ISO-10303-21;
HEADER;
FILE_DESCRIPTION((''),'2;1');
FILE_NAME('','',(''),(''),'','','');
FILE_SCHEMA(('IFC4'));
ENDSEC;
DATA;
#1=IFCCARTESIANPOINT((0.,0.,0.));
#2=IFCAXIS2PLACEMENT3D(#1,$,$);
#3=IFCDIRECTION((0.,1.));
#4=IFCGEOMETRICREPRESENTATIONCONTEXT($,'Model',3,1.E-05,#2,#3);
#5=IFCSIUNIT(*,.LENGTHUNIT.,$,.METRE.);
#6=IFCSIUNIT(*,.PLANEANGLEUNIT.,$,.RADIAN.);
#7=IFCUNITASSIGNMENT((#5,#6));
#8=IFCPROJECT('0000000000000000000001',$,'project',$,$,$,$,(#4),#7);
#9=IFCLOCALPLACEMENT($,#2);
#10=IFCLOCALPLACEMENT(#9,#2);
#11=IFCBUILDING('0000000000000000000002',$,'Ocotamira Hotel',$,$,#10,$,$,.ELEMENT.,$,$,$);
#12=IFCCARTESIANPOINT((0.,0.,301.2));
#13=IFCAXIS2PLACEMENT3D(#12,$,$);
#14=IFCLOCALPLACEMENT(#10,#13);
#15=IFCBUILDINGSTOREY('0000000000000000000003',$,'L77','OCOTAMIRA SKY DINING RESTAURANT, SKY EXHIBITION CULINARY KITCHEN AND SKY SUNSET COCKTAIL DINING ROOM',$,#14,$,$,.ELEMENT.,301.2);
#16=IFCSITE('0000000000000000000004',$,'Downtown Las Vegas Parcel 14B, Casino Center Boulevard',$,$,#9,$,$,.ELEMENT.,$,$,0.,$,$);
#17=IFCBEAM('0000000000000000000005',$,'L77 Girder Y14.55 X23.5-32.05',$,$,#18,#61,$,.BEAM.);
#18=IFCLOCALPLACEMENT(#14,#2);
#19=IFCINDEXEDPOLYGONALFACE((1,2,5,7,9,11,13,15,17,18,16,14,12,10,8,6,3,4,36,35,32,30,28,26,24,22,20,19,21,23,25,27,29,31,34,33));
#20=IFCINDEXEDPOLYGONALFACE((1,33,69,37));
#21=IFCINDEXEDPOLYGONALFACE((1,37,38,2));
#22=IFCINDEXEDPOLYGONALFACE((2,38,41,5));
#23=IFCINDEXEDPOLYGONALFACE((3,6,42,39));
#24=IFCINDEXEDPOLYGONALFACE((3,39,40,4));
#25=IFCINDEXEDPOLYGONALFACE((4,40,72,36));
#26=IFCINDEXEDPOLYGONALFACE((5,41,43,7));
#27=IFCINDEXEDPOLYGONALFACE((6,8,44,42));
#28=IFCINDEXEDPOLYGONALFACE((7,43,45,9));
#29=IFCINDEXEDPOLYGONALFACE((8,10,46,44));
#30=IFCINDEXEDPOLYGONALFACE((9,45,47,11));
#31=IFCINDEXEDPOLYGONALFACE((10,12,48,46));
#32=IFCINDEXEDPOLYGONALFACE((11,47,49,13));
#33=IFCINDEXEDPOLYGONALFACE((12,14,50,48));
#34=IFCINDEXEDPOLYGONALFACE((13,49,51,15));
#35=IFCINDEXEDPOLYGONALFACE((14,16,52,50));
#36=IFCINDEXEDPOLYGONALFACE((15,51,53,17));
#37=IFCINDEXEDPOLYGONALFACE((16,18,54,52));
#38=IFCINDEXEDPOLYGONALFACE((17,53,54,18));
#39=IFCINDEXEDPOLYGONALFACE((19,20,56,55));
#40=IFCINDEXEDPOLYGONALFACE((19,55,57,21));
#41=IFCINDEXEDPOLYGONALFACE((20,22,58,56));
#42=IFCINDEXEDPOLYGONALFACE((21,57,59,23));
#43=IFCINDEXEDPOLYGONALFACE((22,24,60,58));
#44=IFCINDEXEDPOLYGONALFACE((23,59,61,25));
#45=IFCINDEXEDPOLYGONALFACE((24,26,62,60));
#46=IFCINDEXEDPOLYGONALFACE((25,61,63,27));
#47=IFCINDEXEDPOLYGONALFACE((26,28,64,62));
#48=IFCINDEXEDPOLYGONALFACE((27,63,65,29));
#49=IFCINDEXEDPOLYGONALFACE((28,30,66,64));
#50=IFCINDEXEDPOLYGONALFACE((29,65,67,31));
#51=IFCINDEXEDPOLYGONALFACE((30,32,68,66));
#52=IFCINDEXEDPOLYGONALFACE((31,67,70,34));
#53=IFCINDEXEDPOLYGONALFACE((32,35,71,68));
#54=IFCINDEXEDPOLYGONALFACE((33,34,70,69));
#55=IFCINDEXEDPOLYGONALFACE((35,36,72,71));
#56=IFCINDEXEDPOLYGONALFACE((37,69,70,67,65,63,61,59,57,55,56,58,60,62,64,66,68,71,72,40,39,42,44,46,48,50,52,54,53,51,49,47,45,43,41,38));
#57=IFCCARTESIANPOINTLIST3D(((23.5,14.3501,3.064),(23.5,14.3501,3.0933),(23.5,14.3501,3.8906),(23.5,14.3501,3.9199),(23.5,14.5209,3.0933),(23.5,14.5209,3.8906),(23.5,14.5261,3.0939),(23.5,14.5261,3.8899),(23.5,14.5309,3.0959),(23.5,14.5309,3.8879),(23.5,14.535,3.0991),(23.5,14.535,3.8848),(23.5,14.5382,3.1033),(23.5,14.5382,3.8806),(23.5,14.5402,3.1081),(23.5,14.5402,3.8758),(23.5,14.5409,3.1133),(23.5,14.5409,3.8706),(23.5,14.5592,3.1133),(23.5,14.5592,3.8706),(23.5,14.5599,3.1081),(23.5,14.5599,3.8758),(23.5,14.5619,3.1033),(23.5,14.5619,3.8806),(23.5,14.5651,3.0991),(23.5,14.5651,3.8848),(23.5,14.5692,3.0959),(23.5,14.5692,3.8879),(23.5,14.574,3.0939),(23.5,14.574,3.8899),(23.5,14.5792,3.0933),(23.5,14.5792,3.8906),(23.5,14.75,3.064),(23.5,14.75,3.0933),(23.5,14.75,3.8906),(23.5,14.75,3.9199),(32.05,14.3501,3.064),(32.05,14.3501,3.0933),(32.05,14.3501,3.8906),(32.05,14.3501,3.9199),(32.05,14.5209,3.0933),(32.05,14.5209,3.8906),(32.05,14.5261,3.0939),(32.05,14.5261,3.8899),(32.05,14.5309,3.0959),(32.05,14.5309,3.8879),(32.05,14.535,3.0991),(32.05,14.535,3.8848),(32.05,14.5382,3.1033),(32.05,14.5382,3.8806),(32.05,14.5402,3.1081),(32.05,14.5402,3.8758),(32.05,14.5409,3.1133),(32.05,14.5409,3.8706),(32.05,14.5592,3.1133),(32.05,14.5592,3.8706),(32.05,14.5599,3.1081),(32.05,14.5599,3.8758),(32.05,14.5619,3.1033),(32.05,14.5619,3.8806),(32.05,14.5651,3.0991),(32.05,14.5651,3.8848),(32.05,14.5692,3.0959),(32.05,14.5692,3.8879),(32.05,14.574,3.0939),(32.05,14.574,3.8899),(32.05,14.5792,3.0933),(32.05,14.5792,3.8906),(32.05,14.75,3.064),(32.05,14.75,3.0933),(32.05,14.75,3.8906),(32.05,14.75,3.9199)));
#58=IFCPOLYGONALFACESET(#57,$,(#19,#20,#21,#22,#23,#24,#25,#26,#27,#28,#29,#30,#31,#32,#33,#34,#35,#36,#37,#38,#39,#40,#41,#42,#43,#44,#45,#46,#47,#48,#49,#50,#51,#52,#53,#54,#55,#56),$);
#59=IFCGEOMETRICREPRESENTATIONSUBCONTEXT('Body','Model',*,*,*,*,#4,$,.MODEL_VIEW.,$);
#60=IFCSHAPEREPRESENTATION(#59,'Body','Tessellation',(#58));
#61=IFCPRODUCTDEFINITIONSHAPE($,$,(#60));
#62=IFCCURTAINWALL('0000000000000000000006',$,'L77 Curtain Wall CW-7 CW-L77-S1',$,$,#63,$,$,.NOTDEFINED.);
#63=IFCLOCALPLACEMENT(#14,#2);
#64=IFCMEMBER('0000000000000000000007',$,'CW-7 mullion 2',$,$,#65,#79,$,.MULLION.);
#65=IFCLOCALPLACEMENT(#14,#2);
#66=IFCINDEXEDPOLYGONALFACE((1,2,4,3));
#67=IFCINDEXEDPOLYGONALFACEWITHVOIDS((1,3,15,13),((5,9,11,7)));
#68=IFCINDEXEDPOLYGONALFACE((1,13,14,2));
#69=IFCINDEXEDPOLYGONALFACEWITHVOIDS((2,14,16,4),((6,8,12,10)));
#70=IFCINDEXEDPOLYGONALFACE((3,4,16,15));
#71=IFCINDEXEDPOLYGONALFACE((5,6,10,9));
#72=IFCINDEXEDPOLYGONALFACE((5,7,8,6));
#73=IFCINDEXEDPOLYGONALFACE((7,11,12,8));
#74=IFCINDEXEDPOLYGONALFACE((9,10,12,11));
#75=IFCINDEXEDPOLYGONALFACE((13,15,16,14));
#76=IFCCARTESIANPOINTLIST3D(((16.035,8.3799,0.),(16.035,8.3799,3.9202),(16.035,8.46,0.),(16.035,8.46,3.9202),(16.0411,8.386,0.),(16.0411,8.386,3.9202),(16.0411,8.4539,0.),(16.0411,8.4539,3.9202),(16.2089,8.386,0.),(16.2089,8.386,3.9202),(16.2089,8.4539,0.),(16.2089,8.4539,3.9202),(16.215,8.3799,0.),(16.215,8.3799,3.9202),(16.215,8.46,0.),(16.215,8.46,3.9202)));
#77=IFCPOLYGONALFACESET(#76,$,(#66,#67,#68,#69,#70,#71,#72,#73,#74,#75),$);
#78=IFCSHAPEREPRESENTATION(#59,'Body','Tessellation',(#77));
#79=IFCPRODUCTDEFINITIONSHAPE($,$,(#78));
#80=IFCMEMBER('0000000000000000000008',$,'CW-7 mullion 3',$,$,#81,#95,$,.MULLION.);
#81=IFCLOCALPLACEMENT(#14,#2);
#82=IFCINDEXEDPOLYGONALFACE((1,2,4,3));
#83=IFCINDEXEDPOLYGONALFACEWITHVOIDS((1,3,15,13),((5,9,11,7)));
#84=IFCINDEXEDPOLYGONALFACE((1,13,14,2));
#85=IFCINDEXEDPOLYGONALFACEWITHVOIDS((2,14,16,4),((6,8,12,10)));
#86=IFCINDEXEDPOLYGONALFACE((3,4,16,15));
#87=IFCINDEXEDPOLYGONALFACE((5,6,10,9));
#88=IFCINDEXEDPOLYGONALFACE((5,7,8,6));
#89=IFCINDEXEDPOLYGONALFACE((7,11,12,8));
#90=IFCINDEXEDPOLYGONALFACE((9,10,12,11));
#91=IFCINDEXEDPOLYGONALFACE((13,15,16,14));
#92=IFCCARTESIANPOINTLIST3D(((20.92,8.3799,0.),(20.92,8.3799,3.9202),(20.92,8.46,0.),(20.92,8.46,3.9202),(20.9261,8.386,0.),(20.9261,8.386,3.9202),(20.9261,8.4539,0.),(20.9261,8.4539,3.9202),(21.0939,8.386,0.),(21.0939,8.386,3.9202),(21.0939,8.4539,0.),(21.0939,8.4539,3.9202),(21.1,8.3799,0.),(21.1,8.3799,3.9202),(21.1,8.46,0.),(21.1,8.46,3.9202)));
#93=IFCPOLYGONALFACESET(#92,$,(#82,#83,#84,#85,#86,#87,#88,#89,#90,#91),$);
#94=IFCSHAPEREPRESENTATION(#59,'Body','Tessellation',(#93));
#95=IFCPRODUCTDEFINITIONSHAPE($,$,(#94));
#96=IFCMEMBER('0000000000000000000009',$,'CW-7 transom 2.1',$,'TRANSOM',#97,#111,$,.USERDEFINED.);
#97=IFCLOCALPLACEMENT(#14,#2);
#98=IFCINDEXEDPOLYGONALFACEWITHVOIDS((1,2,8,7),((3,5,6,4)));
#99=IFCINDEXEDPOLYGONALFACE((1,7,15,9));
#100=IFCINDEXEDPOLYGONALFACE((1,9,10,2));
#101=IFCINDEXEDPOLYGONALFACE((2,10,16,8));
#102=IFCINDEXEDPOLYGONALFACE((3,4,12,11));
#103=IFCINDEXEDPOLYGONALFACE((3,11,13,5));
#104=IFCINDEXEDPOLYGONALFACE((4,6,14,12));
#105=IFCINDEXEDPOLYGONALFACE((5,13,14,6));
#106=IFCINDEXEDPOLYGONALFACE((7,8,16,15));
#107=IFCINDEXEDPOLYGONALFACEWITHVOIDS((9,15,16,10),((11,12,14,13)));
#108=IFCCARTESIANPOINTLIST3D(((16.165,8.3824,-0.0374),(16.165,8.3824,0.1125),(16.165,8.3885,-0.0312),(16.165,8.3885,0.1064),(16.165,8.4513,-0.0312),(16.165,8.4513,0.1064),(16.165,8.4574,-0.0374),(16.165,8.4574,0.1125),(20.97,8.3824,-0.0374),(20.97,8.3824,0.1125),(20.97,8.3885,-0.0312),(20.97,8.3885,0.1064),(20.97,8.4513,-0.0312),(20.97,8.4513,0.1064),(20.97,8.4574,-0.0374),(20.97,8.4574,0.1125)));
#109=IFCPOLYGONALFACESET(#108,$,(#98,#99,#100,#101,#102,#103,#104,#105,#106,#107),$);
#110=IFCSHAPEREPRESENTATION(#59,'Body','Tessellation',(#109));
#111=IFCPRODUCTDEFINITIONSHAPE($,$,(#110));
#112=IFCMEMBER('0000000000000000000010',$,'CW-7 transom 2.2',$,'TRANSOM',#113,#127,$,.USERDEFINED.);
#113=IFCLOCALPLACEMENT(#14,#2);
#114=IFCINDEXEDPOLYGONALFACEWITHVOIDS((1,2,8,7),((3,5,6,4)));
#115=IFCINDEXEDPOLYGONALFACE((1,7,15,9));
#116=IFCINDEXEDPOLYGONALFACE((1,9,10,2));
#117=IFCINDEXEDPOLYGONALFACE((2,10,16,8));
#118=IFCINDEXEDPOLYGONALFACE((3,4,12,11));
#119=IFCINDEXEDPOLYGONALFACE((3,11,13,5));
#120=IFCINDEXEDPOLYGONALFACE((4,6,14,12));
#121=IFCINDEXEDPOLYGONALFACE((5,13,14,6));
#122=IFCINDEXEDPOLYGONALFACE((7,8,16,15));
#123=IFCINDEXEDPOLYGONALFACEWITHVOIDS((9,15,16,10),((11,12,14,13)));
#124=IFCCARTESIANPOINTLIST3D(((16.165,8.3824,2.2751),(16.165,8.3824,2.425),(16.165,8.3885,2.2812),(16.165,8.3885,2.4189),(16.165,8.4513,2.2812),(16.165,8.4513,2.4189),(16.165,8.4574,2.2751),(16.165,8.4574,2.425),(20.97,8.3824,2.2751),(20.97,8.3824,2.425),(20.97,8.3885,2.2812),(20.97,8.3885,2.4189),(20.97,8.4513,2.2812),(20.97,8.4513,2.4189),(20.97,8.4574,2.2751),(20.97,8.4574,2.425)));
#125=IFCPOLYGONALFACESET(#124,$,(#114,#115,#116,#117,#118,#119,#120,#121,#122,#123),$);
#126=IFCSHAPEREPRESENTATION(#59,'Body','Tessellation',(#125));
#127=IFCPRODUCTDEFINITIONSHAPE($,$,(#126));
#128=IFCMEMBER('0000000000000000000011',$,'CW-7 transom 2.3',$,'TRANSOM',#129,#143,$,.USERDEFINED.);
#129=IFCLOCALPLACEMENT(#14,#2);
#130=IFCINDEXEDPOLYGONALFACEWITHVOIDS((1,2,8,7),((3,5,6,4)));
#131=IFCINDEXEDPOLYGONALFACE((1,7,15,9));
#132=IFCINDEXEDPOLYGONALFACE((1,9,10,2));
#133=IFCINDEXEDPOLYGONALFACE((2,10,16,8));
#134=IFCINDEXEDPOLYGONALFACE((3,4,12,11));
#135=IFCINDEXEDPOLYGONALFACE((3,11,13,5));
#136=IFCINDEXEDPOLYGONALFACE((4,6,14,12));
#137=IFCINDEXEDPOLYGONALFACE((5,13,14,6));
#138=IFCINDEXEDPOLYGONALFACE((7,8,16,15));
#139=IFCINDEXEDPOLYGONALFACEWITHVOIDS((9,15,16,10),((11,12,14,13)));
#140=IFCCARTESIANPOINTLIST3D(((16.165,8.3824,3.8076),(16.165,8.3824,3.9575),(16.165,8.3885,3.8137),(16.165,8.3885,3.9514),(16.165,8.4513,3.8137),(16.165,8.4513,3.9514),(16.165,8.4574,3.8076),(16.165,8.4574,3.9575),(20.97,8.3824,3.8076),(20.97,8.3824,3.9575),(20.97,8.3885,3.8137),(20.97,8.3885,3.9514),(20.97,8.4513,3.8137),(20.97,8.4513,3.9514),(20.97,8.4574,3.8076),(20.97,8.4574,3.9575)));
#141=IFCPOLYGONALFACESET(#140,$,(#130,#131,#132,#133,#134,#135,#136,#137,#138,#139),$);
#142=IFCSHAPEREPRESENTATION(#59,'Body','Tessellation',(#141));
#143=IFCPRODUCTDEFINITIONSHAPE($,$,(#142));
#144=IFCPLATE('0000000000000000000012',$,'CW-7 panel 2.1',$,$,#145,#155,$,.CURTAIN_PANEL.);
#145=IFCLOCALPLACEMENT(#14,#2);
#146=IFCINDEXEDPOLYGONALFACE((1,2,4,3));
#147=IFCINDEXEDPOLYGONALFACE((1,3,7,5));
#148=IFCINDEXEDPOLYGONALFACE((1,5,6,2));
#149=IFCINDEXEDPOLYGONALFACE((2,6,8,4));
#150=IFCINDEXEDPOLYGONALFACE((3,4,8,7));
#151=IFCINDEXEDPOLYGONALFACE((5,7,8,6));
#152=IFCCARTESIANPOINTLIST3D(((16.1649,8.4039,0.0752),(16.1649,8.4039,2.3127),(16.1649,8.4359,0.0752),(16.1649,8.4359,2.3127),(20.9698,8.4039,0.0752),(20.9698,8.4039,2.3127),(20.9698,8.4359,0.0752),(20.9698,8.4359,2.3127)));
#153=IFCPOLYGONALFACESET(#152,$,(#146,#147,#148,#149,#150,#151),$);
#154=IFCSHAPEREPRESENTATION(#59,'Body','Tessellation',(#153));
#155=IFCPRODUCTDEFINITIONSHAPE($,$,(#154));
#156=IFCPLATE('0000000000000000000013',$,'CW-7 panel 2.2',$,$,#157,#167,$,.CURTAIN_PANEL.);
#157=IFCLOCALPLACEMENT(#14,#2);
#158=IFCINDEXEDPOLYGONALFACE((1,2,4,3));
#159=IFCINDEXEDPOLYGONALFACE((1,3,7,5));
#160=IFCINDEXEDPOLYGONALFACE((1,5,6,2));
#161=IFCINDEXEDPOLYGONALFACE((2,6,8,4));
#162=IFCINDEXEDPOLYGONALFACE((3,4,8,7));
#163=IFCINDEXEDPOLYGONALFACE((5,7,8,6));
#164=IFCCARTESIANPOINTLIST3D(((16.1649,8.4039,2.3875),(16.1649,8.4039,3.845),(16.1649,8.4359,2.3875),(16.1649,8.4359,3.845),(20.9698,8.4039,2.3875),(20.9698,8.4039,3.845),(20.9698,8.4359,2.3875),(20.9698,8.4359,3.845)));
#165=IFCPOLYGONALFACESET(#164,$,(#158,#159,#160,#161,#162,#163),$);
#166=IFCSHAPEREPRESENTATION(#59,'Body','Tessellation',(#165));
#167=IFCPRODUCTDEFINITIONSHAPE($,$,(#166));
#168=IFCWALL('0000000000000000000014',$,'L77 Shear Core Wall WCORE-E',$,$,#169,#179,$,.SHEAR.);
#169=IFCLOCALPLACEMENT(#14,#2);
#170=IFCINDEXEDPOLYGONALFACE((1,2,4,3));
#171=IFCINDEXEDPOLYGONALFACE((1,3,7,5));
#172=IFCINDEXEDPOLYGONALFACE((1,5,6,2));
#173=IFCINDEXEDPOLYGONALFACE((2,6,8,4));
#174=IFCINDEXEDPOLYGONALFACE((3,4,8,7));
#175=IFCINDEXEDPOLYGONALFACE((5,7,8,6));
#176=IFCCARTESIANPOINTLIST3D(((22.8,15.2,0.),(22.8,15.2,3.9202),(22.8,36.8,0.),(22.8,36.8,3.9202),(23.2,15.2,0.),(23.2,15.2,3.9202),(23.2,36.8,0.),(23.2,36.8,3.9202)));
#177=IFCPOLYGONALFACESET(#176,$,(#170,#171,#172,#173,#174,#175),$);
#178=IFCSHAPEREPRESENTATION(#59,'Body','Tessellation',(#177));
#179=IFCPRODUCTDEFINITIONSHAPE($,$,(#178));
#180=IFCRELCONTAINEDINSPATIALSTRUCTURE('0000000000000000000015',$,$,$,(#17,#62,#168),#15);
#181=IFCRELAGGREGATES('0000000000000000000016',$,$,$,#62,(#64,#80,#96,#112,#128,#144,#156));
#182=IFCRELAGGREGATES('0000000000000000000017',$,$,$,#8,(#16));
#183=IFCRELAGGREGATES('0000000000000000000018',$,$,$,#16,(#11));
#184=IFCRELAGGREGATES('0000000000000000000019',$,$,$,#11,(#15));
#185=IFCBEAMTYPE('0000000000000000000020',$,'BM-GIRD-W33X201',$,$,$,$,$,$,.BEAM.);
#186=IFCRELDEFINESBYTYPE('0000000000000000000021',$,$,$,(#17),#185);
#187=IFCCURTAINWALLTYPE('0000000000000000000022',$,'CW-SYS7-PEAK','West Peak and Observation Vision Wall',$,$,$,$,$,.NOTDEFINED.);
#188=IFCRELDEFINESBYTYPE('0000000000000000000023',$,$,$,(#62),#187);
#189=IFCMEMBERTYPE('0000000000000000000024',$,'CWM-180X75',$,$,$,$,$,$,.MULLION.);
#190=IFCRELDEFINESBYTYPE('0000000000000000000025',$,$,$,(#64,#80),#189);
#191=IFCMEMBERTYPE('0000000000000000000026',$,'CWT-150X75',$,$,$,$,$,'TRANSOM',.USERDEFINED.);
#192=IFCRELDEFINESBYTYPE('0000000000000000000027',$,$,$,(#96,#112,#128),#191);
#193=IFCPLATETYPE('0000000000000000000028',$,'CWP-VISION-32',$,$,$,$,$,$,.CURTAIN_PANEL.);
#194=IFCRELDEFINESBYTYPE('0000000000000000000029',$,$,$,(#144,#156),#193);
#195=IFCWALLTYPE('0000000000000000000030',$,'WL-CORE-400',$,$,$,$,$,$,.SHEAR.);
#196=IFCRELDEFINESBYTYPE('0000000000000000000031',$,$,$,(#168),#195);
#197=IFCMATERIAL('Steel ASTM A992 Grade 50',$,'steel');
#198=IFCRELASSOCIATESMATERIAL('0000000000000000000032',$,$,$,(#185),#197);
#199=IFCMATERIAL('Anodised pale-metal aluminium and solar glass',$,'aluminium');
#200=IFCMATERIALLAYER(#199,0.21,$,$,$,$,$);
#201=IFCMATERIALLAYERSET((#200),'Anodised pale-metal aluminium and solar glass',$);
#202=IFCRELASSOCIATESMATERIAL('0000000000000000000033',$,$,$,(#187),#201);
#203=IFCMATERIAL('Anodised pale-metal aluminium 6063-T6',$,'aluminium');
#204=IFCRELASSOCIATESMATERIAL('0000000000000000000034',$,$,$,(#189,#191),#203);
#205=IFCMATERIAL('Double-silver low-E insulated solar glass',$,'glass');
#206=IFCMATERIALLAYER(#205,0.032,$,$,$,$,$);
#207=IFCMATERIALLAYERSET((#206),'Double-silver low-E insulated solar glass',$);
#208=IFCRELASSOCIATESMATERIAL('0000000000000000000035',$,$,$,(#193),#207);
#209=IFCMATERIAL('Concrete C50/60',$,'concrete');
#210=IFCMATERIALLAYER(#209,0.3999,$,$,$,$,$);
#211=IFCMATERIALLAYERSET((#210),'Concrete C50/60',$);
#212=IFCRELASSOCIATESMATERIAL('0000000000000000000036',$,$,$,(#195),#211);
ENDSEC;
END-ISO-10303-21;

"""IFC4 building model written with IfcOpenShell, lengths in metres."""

from ifc_helpers import new_model, si_unit, direction, frame, frame_2d, origin, origin_2d, place, context, subcontext, project, spatial, rectangle, hollow_rectangle, i_section, extrude, source, transform, mapped, material, layer, layer_set, material_profile, profile_set, type_object, element, aggregate, save


model = new_model("IFC4")

# Units and contexts
model_context = context("Model", 3, precision=1e-05, world=origin(), true_north=direction((0.0, 1.0)))
body_context = subcontext(model_context, "Body", "Model", "MODEL_VIEW")
ifc_project = project(units=[si_unit("LENGTHUNIT", "METRE"), si_unit("PLANEANGLEUNIT", "RADIAN")], contexts=[model_context])

# Site, building, storey
site_placement = place(None, origin())
site = spatial("IfcSite", under=ifc_project, at=site_placement, Name="Downtown Las Vegas Parcel 14B, Casino Center Boulevard", CompositionType="ELEMENT", RefElevation=0.0)
building_placement = place(site_placement, origin())
building = spatial("IfcBuilding", under=site, at=building_placement, Name="Ocotamira Hotel", CompositionType="ELEMENT")
storey_placement = place(building_placement, frame((0.0, 0.0, 301.2)))
storey = spatial("IfcBuildingStorey", under=building, at=storey_placement, Name="L77", Description="OCOTAMIRA SKY DINING RESTAURANT, SKY EXHIBITION CULINARY KITCHEN AND SKY SUNSET COCKTAIL DINING ROOM", CompositionType="ELEMENT", Elevation=301.2)

# Shared definitions
ifc_material_1 = material(Name="Steel ASTM A992 Grade 50", Category="steel")

# Beam
ifc_material_profile_1 = material_profile(ifc_material_1, i_section(OverallWidth=0.3999, OverallDepth=0.856, WebThickness=0.0183, FlangeThickness=0.0293, FilletRadius=0.02, at=origin_2d()), Name="W33X201")
ifc_profile_set_1 = profile_set([ifc_material_profile_1], Name="Steel ASTM A992 Grade 50")
beam_type_1 = type_object("IfcBeamType", Name="BM-GIRD-W33X201", PredefinedType="BEAM", material=ifc_profile_set_1)
shared_shape_1 = source(origin(), body_context, "Body", "SweptSolid", [
    extrude(i_section(OverallWidth=0.3999, OverallDepth=0.856, WebThickness=0.0183, FlangeThickness=0.0293, FilletRadius=0.02, at=origin_2d()), origin(), (0.0, 0.0, 1.0), 8.55),
])
beam_1_placement = place(storey_placement, frame((23.5, 14.55, 3.4919), z_axis=(1.0, 0.0, 0.0), x_axis=(0.0, 1.0, 0.0)))
element("IfcBeam", 1, at=beam_1_placement, inside=storey, type_object=beam_type_1, Name="L77 Girder Y14.55 X23.5-32.05", PredefinedType="BEAM", context=body_context, shape_type="MappedRepresentation", body=[
    mapped(shared_shape_1, transform((0.0, 0.0, 0.0), scale=1.0)),
])

# Curtain wall, members, plates
ifc_material_2 = material(Name="Anodised pale-metal aluminium and solar glass", Category="aluminium")
ifc_layer_1 = layer(ifc_material_2, 0.21)
ifc_layer_set_1 = layer_set([ifc_layer_1], Name="Anodised pale-metal aluminium and solar glass")
curtain_wall_type = type_object("IfcCurtainWallType", Name="CW-SYS7-PEAK", Description="West Peak and Observation Vision Wall", PredefinedType="NOTDEFINED", material=ifc_layer_set_1)
curtain_wall_placement = place(storey_placement, origin())
curtain_wall = element("IfcCurtainWall", 2, at=curtain_wall_placement, inside=storey, type_object=curtain_wall_type, Name="L77 Curtain Wall CW-7 CW-L77-S1", PredefinedType="NOTDEFINED")
ifc_material_3 = material(Name="Anodised pale-metal aluminium 6063-T6", Category="aluminium")
ifc_material_profile_2 = material_profile(ifc_material_3, hollow_rectangle(XDim=0.0801, YDim=0.1799, WallThickness=0.0061, at=origin_2d()), Name="HSS180X80X6")
ifc_profile_set_2 = profile_set([ifc_material_profile_2], Name="Anodised pale-metal aluminium 6063-T6")
member_type_1 = type_object("IfcMemberType", Name="CWM-180X75", PredefinedType="MULLION", material=ifc_profile_set_2)
shared_shape_2 = source(origin(), body_context, "Body", "SweptSolid", [
    extrude(hollow_rectangle(XDim=0.0801, YDim=0.1799, WallThickness=0.0061, at=origin_2d()), origin(), (0.0, 0.0, 1.0), 3.9202),
])
member_1_placement = place(storey_placement, frame((16.125, 8.4199, 0.0), z_axis=(0.0, 0.0, 1.0), x_axis=(0.0, 1.0, 0.0)))
member_1 = element("IfcMember", 3, at=member_1_placement, type_object=member_type_1, Name="CW-7 mullion 2", PredefinedType="MULLION", context=body_context, shape_type="MappedRepresentation", body=[
    mapped(shared_shape_2, transform((0.0, 0.0, 0.0), scale=1.0)),
])
member_2_placement = place(storey_placement, frame((21.01, 8.4199, 0.0), z_axis=(0.0, 0.0, 1.0), x_axis=(0.0, 1.0, 0.0)))
member_2 = element("IfcMember", 4, at=member_2_placement, type_object=member_type_1, Name="CW-7 mullion 3", PredefinedType="MULLION", context=body_context, shape_type="MappedRepresentation", body=[
    mapped(shared_shape_2, transform((0.0, 0.0, 0.0), scale=1.0)),
])
ifc_material_profile_3 = material_profile(ifc_material_3, hollow_rectangle(XDim=0.075, YDim=0.1499, WallThickness=0.0061, at=origin_2d()), Name="HSS150X75X6")
ifc_profile_set_3 = profile_set([ifc_material_profile_3], Name="Anodised pale-metal aluminium 6063-T6")
member_type_2 = type_object("IfcMemberType", Name="CWT-150X75", ElementType="TRANSOM", PredefinedType="USERDEFINED", material=ifc_profile_set_3)
shared_shape_3 = source(origin(), body_context, "Body", "SweptSolid", [
    extrude(hollow_rectangle(XDim=0.075, YDim=0.1499, WallThickness=0.0061, at=origin_2d()), origin(), (0.0, 0.0, 1.0), 4.8049),
])
member_3_placement = place(storey_placement, frame((16.165, 8.4199, 0.0376), z_axis=(1.0, 0.0, 0.0), x_axis=(0.0, 1.0, 0.0)))
member_3 = element("IfcMember", 5, at=member_3_placement, type_object=member_type_2, Name="CW-7 transom 2.1", ObjectType="TRANSOM", PredefinedType="USERDEFINED", context=body_context, shape_type="MappedRepresentation", body=[
    mapped(shared_shape_3, transform((0.0, 0.0, 0.0), scale=1.0)),
])
member_4_placement = place(storey_placement, frame((16.165, 8.4199, 2.3501), z_axis=(1.0, 0.0, 0.0), x_axis=(0.0, 1.0, 0.0)))
member_4 = element("IfcMember", 6, at=member_4_placement, type_object=member_type_2, Name="CW-7 transom 2.2", ObjectType="TRANSOM", PredefinedType="USERDEFINED", context=body_context, shape_type="MappedRepresentation", body=[
    mapped(shared_shape_3, transform((0.0, 0.0, 0.0), scale=1.0)),
])
member_5_placement = place(storey_placement, frame((16.165, 8.4199, 3.8826), z_axis=(1.0, 0.0, 0.0), x_axis=(0.0, 1.0, 0.0)))
member_5 = element("IfcMember", 7, at=member_5_placement, type_object=member_type_2, Name="CW-7 transom 2.3", ObjectType="TRANSOM", PredefinedType="USERDEFINED", context=body_context, shape_type="MappedRepresentation", body=[
    mapped(shared_shape_3, transform((0.0, 0.0, 0.0), scale=1.0)),
])
ifc_material_4 = material(Name="Double-silver low-E insulated solar glass", Category="glass")
ifc_layer_2 = layer(ifc_material_4, 0.032)
ifc_layer_set_2 = layer_set([ifc_layer_2], Name="Double-silver low-E insulated solar glass")
plate_type = type_object("IfcPlateType", Name="CWP-VISION-32", PredefinedType="CURTAIN_PANEL", material=ifc_layer_set_2)
shared_shape_4 = source(origin(), body_context, "Body", "SweptSolid", [
    extrude(rectangle(XDim=4.8049, YDim=0.032, at=origin_2d()), origin(), (0.0, 0.0, 1.0), 2.2375),
])
plate_1_placement = place(storey_placement, frame((18.5674, 8.4199, 0.0752), z_axis=(0.0, 0.0, 1.0), x_axis=(1.0, 0.0, 0.0)))
plate_1 = element("IfcPlate", 8, at=plate_1_placement, type_object=plate_type, Name="CW-7 panel 2.1", PredefinedType="CURTAIN_PANEL", context=body_context, shape_type="MappedRepresentation", body=[
    mapped(shared_shape_4, transform((0.0, 0.0, 0.0), scale=1.0)),
])
shared_shape_5 = source(origin(), body_context, "Body", "SweptSolid", [
    extrude(rectangle(XDim=4.8049, YDim=0.032, at=origin_2d()), origin(), (0.0, 0.0, 1.0), 1.4575),
])
plate_2_placement = place(storey_placement, frame((18.5674, 8.4199, 2.3875), z_axis=(0.0, 0.0, 1.0), x_axis=(1.0, 0.0, 0.0)))
plate_2 = element("IfcPlate", 9, at=plate_2_placement, type_object=plate_type, Name="CW-7 panel 2.2", PredefinedType="CURTAIN_PANEL", context=body_context, shape_type="MappedRepresentation", body=[
    mapped(shared_shape_5, transform((0.0, 0.0, 0.0), scale=1.0)),
])
aggregate(curtain_wall, [member_1, member_2, member_3, member_4, member_5, plate_1, plate_2])

# Wall
ifc_material_5 = material(Name="Concrete C50/60", Category="concrete")
ifc_layer_3 = layer(ifc_material_5, 0.3999)
ifc_layer_set_3 = layer_set([ifc_layer_3], Name="Concrete C50/60")
wall_type_1 = type_object("IfcWallType", Name="WL-CORE-400", PredefinedType="SHEAR", material=ifc_layer_set_3)
wall_1_placement = place(storey_placement, frame((23.0, 15.2, 0.0), z_axis=(0.0, 0.0, 1.0), x_axis=(0.0, 1.0, 0.0)))
element("IfcWall", 10, at=wall_1_placement, inside=storey, type_object=wall_type_1, Name="L77 Shear Core Wall WCORE-E", PredefinedType="SHEAR", context=body_context, shape_type="SweptSolid", body=[
    extrude(rectangle(XDim=21.6001, YDim=0.3999, at=frame_2d((10.8, 0.0))), origin(), (0.0, 0.0, 1.0), 3.9202),
])

save(model, "model.ifc")
